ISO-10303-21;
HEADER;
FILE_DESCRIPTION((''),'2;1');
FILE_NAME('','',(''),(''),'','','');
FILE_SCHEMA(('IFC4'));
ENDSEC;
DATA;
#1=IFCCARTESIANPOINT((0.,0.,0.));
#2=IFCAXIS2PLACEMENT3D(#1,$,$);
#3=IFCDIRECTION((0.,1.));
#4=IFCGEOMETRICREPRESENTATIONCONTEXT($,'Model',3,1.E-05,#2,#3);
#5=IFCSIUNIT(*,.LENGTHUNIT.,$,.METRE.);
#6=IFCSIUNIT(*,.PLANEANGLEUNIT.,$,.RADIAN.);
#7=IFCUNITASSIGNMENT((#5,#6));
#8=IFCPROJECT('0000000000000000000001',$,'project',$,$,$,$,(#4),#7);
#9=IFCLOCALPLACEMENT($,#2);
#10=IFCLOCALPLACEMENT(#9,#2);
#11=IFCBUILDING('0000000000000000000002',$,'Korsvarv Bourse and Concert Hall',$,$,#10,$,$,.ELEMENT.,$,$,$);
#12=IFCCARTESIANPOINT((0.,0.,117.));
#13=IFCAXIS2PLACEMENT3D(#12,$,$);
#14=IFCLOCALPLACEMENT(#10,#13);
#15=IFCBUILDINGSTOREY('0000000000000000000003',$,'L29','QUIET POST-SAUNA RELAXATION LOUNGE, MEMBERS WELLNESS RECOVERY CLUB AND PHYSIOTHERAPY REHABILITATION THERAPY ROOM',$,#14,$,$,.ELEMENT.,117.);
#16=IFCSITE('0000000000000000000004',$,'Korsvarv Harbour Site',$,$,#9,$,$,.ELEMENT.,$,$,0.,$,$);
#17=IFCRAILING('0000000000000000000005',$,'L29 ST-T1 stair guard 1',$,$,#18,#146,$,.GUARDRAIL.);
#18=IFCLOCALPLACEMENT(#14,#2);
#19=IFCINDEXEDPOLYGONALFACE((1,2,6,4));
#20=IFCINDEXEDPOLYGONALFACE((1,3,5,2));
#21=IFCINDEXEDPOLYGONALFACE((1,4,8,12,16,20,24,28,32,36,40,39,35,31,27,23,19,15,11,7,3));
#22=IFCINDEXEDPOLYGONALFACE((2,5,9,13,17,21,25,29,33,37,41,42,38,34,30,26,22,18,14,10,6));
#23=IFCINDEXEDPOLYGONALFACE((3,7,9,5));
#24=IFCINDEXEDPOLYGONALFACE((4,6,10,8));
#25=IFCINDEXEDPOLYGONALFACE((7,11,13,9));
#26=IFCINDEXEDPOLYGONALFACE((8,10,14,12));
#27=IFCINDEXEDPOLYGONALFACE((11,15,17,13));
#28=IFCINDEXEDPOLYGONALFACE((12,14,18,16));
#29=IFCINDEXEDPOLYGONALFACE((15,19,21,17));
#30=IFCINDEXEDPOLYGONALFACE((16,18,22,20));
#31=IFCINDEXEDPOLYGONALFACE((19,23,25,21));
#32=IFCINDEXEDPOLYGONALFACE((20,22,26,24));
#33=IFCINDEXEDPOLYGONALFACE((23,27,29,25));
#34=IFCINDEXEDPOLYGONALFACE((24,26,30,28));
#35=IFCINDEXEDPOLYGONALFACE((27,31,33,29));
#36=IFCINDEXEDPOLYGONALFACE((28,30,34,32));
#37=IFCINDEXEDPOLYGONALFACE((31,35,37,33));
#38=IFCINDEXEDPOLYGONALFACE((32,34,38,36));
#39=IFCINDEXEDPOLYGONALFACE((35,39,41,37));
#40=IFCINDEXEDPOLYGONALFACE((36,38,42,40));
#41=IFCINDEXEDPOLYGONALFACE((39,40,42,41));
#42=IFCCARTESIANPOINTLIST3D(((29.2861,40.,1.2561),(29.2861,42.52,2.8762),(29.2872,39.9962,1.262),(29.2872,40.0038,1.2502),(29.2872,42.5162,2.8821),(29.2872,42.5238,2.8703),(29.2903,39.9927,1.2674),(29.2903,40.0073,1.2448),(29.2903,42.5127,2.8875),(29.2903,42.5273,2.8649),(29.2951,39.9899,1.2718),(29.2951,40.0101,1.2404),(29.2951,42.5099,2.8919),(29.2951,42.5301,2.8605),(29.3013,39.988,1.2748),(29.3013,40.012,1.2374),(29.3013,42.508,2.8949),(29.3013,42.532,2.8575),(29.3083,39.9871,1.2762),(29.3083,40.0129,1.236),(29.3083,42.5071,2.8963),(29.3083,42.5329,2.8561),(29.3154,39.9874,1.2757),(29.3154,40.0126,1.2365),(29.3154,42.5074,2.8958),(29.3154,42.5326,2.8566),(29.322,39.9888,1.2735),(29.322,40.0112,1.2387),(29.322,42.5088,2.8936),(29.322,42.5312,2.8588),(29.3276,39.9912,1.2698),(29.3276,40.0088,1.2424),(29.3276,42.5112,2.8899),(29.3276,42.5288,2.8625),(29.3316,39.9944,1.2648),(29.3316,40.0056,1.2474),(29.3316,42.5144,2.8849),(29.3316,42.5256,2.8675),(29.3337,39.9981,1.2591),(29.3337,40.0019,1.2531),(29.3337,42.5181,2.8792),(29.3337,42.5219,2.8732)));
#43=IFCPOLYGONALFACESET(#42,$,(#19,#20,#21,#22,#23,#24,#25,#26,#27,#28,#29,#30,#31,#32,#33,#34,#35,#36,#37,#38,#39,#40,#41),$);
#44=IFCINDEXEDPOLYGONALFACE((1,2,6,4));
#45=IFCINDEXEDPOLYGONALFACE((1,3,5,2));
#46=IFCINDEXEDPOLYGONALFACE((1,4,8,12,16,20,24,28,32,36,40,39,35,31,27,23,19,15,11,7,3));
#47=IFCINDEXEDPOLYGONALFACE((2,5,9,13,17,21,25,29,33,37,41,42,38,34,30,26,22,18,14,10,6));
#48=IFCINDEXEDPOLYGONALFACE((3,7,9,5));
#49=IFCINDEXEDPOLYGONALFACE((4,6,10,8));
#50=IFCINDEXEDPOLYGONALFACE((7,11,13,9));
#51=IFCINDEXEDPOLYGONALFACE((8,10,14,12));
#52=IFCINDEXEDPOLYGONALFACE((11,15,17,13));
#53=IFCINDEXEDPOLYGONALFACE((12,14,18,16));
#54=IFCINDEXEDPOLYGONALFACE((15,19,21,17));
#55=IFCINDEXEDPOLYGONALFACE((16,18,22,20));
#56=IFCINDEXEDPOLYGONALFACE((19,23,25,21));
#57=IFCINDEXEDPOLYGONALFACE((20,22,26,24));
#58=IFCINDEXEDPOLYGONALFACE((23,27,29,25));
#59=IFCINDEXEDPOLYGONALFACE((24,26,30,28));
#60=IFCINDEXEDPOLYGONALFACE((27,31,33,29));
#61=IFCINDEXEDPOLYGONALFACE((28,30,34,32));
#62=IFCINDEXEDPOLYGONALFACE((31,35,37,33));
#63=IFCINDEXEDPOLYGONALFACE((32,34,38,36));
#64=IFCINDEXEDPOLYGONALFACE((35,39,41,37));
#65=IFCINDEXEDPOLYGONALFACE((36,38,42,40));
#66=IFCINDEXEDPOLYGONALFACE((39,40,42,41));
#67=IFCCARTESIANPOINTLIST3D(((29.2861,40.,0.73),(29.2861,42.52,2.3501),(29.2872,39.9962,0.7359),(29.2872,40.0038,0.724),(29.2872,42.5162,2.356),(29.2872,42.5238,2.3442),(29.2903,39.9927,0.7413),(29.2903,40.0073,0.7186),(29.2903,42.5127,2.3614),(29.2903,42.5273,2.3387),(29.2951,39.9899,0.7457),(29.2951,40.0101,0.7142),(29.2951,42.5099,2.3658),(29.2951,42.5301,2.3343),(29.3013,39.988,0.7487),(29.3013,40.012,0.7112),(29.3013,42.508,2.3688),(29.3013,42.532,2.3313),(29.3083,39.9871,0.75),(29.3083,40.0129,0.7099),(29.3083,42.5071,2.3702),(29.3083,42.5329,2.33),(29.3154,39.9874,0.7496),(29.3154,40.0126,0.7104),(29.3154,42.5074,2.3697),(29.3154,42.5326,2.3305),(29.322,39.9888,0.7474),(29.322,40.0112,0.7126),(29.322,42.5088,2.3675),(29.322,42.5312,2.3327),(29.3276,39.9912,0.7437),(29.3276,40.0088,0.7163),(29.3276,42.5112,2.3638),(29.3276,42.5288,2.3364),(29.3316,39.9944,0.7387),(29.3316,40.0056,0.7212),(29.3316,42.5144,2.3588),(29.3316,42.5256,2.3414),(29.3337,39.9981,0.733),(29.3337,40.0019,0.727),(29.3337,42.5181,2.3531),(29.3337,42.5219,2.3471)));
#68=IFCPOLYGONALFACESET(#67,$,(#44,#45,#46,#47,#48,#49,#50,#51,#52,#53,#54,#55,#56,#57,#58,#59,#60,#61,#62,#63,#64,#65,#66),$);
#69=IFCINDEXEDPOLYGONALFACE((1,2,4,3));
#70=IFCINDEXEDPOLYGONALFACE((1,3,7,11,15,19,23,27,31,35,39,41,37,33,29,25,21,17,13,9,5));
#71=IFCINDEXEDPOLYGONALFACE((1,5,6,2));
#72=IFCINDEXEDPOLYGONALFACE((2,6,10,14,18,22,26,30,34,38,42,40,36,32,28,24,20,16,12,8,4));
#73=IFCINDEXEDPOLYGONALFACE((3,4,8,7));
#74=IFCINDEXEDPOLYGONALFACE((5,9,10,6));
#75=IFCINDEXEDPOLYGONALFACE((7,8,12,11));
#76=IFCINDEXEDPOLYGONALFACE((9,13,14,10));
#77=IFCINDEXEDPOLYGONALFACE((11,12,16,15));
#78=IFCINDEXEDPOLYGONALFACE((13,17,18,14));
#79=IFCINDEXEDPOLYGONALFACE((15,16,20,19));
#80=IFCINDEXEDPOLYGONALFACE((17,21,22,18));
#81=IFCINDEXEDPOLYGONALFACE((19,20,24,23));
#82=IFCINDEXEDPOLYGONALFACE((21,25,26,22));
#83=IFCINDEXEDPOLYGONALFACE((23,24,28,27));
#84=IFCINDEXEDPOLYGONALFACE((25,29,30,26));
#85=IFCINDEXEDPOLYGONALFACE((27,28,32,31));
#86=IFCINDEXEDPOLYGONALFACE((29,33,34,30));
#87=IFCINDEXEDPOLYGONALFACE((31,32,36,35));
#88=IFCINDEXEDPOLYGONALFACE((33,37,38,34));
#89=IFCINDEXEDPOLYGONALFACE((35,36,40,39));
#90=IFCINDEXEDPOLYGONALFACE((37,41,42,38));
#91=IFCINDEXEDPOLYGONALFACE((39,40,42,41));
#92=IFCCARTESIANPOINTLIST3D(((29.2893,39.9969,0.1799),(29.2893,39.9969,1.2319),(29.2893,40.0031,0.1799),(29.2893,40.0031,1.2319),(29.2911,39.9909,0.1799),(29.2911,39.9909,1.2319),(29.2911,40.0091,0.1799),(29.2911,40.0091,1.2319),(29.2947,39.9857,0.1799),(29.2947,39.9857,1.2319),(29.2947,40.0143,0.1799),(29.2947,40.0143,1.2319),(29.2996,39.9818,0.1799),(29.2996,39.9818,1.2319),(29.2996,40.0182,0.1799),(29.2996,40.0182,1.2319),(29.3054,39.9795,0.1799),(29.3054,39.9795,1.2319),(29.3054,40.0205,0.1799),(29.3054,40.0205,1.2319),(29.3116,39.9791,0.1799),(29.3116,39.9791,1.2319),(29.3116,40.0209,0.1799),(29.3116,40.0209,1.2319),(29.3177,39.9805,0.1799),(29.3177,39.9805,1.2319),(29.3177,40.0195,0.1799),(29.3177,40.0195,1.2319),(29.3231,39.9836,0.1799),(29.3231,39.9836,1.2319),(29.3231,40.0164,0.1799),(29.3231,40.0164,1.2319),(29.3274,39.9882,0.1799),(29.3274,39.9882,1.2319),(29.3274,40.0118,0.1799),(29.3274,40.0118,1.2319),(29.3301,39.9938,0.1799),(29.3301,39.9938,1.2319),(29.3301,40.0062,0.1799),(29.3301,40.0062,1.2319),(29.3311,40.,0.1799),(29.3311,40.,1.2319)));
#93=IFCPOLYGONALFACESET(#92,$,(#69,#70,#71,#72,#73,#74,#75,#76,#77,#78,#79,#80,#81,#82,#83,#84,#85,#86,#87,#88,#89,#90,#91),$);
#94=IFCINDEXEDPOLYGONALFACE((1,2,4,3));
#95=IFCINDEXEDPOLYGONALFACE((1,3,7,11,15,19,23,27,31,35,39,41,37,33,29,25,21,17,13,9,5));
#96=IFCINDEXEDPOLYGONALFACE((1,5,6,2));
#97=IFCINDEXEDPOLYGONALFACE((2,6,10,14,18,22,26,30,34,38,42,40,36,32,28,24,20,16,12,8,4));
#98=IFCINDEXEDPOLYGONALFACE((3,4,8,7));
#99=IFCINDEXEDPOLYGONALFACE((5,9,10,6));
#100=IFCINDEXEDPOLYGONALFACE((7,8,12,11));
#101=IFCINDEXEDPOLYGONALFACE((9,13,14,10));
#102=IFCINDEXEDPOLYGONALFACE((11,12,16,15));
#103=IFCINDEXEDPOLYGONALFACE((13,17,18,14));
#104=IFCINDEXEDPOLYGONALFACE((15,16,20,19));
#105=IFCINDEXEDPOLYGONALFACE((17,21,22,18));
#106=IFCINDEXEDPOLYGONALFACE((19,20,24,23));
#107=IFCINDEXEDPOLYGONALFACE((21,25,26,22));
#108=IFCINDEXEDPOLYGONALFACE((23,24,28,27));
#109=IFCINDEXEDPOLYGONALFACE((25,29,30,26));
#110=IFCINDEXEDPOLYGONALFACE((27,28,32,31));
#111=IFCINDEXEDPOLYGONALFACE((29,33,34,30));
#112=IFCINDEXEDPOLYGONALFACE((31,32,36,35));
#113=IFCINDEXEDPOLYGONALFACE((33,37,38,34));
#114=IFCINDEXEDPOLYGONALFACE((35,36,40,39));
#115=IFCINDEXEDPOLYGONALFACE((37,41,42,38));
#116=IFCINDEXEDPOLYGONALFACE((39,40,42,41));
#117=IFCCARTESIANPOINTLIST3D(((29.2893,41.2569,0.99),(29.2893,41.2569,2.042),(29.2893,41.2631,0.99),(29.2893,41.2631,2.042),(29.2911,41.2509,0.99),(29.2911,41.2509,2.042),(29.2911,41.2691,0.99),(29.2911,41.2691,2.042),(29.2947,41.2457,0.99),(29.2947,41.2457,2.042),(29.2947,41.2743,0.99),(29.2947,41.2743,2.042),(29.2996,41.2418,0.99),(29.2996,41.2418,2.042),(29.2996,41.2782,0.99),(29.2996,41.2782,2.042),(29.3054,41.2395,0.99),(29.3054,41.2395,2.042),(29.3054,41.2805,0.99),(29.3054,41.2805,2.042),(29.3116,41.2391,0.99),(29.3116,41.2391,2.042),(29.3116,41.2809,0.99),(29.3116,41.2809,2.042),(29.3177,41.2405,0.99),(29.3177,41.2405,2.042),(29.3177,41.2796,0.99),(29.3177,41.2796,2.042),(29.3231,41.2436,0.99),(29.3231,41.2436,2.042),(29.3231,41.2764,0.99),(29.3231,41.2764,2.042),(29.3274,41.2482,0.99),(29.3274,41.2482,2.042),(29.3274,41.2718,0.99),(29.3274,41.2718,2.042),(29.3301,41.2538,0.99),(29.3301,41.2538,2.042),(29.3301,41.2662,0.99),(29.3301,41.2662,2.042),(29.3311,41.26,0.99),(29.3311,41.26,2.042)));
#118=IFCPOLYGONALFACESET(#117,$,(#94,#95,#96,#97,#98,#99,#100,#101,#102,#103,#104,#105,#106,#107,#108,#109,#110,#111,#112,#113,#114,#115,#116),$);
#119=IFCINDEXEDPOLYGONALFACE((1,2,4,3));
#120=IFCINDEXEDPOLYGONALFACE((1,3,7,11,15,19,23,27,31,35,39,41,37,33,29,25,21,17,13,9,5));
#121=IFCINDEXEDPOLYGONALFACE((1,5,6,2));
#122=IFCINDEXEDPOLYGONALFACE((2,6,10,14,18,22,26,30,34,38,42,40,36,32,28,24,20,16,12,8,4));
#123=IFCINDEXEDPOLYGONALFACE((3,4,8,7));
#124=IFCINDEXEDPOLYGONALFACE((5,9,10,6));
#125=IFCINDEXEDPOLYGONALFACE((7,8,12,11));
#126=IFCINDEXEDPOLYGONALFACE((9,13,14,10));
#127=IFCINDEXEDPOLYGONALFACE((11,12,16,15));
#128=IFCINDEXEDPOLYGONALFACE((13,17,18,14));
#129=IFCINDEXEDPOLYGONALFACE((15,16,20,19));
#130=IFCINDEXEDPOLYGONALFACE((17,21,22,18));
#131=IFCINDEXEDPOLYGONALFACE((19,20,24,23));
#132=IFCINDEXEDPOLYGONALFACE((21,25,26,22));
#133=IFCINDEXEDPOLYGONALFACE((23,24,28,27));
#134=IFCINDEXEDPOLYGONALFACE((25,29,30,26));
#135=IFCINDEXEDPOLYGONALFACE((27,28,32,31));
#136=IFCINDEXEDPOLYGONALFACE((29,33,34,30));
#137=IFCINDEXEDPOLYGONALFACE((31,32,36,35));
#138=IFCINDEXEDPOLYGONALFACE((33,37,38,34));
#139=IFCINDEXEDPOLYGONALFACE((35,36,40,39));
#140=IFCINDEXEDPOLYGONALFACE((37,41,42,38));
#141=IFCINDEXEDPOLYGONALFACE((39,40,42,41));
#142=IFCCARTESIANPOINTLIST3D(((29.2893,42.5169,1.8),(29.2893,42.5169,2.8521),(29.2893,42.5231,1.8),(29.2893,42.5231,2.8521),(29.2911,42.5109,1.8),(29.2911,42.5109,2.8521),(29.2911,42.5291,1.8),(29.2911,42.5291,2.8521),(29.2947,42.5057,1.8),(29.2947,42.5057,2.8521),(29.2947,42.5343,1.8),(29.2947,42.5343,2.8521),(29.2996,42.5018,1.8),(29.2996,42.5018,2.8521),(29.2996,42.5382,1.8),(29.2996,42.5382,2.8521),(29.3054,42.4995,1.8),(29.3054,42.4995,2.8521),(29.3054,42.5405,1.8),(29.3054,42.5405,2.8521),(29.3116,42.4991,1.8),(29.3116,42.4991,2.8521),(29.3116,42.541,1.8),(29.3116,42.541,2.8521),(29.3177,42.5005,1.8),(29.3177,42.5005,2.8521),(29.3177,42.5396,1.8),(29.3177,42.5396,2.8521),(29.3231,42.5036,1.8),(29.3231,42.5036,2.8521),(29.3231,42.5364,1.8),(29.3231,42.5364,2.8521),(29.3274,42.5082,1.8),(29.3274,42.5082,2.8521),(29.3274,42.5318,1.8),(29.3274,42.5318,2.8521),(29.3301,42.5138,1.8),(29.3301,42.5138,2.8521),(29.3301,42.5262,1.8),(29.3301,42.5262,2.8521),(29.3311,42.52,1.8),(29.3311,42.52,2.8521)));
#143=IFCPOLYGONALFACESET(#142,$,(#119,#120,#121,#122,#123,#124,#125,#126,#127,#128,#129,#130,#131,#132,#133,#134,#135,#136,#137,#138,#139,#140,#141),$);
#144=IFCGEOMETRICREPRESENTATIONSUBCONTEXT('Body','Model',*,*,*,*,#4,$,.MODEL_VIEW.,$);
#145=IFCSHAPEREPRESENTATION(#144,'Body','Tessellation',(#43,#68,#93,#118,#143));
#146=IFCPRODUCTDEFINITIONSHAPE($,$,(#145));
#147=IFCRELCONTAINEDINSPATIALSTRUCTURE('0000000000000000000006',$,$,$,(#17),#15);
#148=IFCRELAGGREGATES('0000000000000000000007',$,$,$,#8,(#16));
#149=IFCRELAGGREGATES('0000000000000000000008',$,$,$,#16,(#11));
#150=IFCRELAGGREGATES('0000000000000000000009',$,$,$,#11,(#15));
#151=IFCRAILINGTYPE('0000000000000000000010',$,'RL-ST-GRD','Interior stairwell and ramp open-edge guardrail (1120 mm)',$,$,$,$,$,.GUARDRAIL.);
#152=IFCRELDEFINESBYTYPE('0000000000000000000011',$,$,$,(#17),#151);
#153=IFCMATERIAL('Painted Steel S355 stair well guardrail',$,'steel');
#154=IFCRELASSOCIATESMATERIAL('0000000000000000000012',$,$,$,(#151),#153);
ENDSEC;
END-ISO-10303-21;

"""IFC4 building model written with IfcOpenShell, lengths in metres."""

from ifc_helpers import new_model, si_unit, direction, frame, origin, origin_2d, place, context, subcontext, project, spatial, circle, extrude, material, type_object, element, save


model = new_model("IFC4")

# Units and contexts
model_context = context("Model", 3, precision=1e-05, world=origin(), true_north=direction((0.0, 1.0)))
body_context = subcontext(model_context, "Body", "Model", "MODEL_VIEW")
ifc_project = project(units=[si_unit("LENGTHUNIT", "METRE"), si_unit("PLANEANGLEUNIT", "RADIAN")], contexts=[model_context])

# Site, building, storey
site_placement = place(None, origin())
site = spatial("IfcSite", under=ifc_project, at=site_placement, Name="Korsvarv Harbour Site", CompositionType="ELEMENT", RefElevation=0.0)
building_placement = place(site_placement, origin())
building = spatial("IfcBuilding", under=site, at=building_placement, Name="Korsvarv Bourse and Concert Hall", CompositionType="ELEMENT")
storey_placement = place(building_placement, frame((0.0, 0.0, 117.0)))
storey = spatial("IfcBuildingStorey", under=building, at=storey_placement, Name="L29", Description="QUIET POST-SAUNA RELAXATION LOUNGE, MEMBERS WELLNESS RECOVERY CLUB AND PHYSIOTHERAPY REHABILITATION THERAPY ROOM", CompositionType="ELEMENT", Elevation=117.0)

# Railing
ifc_material_1 = material(Name="Painted Steel S355 stair well guardrail", Category="steel")
railing_type_1 = type_object("IfcRailingType", Name="RL-ST-GRD", Description="Interior stairwell and ramp open-edge guardrail (1120 mm)", PredefinedType="GUARDRAIL", material=ifc_material_1)
railing_1_placement = place(storey_placement, frame((29.3101, 40.0, 0.1799)))
element("IfcRailing", 1, at=railing_1_placement, inside=storey, type_object=railing_type_1, Name="L29 ST-T1 stair guard 1", PredefinedType="GUARDRAIL", context=body_context, shape_type="SweptSolid", body=[
    extrude(circle(Radius=0.0239, at=origin_2d()), frame((0.0, 0.0, 1.0762), z_axis=(0.0, 0.841163, 0.540782), x_axis=(-1.0, 0.0, 0.0)), (0.0, 0.0, 1.0), 2.9958),
    extrude(circle(Radius=0.0239, at=origin_2d()), frame((0.0, 0.0, 0.55), z_axis=(0.0, 0.841163, 0.540782), x_axis=(-1.0, 0.0, 0.0)), (0.0, 0.0, 1.0), 2.9958),
    extrude(circle(Radius=0.021, at=origin_2d()), origin(), (0.0, 0.0, 1.0), 1.052),
    extrude(circle(Radius=0.021, at=origin_2d()), frame((0.0, 1.26, 0.8101)), (0.0, 0.0, 1.0), 1.052),
    extrude(circle(Radius=0.021, at=origin_2d()), frame((0.0, 2.52, 1.6201)), (0.0, 0.0, 1.0), 1.052),
])

save(model, "model.ifc")
